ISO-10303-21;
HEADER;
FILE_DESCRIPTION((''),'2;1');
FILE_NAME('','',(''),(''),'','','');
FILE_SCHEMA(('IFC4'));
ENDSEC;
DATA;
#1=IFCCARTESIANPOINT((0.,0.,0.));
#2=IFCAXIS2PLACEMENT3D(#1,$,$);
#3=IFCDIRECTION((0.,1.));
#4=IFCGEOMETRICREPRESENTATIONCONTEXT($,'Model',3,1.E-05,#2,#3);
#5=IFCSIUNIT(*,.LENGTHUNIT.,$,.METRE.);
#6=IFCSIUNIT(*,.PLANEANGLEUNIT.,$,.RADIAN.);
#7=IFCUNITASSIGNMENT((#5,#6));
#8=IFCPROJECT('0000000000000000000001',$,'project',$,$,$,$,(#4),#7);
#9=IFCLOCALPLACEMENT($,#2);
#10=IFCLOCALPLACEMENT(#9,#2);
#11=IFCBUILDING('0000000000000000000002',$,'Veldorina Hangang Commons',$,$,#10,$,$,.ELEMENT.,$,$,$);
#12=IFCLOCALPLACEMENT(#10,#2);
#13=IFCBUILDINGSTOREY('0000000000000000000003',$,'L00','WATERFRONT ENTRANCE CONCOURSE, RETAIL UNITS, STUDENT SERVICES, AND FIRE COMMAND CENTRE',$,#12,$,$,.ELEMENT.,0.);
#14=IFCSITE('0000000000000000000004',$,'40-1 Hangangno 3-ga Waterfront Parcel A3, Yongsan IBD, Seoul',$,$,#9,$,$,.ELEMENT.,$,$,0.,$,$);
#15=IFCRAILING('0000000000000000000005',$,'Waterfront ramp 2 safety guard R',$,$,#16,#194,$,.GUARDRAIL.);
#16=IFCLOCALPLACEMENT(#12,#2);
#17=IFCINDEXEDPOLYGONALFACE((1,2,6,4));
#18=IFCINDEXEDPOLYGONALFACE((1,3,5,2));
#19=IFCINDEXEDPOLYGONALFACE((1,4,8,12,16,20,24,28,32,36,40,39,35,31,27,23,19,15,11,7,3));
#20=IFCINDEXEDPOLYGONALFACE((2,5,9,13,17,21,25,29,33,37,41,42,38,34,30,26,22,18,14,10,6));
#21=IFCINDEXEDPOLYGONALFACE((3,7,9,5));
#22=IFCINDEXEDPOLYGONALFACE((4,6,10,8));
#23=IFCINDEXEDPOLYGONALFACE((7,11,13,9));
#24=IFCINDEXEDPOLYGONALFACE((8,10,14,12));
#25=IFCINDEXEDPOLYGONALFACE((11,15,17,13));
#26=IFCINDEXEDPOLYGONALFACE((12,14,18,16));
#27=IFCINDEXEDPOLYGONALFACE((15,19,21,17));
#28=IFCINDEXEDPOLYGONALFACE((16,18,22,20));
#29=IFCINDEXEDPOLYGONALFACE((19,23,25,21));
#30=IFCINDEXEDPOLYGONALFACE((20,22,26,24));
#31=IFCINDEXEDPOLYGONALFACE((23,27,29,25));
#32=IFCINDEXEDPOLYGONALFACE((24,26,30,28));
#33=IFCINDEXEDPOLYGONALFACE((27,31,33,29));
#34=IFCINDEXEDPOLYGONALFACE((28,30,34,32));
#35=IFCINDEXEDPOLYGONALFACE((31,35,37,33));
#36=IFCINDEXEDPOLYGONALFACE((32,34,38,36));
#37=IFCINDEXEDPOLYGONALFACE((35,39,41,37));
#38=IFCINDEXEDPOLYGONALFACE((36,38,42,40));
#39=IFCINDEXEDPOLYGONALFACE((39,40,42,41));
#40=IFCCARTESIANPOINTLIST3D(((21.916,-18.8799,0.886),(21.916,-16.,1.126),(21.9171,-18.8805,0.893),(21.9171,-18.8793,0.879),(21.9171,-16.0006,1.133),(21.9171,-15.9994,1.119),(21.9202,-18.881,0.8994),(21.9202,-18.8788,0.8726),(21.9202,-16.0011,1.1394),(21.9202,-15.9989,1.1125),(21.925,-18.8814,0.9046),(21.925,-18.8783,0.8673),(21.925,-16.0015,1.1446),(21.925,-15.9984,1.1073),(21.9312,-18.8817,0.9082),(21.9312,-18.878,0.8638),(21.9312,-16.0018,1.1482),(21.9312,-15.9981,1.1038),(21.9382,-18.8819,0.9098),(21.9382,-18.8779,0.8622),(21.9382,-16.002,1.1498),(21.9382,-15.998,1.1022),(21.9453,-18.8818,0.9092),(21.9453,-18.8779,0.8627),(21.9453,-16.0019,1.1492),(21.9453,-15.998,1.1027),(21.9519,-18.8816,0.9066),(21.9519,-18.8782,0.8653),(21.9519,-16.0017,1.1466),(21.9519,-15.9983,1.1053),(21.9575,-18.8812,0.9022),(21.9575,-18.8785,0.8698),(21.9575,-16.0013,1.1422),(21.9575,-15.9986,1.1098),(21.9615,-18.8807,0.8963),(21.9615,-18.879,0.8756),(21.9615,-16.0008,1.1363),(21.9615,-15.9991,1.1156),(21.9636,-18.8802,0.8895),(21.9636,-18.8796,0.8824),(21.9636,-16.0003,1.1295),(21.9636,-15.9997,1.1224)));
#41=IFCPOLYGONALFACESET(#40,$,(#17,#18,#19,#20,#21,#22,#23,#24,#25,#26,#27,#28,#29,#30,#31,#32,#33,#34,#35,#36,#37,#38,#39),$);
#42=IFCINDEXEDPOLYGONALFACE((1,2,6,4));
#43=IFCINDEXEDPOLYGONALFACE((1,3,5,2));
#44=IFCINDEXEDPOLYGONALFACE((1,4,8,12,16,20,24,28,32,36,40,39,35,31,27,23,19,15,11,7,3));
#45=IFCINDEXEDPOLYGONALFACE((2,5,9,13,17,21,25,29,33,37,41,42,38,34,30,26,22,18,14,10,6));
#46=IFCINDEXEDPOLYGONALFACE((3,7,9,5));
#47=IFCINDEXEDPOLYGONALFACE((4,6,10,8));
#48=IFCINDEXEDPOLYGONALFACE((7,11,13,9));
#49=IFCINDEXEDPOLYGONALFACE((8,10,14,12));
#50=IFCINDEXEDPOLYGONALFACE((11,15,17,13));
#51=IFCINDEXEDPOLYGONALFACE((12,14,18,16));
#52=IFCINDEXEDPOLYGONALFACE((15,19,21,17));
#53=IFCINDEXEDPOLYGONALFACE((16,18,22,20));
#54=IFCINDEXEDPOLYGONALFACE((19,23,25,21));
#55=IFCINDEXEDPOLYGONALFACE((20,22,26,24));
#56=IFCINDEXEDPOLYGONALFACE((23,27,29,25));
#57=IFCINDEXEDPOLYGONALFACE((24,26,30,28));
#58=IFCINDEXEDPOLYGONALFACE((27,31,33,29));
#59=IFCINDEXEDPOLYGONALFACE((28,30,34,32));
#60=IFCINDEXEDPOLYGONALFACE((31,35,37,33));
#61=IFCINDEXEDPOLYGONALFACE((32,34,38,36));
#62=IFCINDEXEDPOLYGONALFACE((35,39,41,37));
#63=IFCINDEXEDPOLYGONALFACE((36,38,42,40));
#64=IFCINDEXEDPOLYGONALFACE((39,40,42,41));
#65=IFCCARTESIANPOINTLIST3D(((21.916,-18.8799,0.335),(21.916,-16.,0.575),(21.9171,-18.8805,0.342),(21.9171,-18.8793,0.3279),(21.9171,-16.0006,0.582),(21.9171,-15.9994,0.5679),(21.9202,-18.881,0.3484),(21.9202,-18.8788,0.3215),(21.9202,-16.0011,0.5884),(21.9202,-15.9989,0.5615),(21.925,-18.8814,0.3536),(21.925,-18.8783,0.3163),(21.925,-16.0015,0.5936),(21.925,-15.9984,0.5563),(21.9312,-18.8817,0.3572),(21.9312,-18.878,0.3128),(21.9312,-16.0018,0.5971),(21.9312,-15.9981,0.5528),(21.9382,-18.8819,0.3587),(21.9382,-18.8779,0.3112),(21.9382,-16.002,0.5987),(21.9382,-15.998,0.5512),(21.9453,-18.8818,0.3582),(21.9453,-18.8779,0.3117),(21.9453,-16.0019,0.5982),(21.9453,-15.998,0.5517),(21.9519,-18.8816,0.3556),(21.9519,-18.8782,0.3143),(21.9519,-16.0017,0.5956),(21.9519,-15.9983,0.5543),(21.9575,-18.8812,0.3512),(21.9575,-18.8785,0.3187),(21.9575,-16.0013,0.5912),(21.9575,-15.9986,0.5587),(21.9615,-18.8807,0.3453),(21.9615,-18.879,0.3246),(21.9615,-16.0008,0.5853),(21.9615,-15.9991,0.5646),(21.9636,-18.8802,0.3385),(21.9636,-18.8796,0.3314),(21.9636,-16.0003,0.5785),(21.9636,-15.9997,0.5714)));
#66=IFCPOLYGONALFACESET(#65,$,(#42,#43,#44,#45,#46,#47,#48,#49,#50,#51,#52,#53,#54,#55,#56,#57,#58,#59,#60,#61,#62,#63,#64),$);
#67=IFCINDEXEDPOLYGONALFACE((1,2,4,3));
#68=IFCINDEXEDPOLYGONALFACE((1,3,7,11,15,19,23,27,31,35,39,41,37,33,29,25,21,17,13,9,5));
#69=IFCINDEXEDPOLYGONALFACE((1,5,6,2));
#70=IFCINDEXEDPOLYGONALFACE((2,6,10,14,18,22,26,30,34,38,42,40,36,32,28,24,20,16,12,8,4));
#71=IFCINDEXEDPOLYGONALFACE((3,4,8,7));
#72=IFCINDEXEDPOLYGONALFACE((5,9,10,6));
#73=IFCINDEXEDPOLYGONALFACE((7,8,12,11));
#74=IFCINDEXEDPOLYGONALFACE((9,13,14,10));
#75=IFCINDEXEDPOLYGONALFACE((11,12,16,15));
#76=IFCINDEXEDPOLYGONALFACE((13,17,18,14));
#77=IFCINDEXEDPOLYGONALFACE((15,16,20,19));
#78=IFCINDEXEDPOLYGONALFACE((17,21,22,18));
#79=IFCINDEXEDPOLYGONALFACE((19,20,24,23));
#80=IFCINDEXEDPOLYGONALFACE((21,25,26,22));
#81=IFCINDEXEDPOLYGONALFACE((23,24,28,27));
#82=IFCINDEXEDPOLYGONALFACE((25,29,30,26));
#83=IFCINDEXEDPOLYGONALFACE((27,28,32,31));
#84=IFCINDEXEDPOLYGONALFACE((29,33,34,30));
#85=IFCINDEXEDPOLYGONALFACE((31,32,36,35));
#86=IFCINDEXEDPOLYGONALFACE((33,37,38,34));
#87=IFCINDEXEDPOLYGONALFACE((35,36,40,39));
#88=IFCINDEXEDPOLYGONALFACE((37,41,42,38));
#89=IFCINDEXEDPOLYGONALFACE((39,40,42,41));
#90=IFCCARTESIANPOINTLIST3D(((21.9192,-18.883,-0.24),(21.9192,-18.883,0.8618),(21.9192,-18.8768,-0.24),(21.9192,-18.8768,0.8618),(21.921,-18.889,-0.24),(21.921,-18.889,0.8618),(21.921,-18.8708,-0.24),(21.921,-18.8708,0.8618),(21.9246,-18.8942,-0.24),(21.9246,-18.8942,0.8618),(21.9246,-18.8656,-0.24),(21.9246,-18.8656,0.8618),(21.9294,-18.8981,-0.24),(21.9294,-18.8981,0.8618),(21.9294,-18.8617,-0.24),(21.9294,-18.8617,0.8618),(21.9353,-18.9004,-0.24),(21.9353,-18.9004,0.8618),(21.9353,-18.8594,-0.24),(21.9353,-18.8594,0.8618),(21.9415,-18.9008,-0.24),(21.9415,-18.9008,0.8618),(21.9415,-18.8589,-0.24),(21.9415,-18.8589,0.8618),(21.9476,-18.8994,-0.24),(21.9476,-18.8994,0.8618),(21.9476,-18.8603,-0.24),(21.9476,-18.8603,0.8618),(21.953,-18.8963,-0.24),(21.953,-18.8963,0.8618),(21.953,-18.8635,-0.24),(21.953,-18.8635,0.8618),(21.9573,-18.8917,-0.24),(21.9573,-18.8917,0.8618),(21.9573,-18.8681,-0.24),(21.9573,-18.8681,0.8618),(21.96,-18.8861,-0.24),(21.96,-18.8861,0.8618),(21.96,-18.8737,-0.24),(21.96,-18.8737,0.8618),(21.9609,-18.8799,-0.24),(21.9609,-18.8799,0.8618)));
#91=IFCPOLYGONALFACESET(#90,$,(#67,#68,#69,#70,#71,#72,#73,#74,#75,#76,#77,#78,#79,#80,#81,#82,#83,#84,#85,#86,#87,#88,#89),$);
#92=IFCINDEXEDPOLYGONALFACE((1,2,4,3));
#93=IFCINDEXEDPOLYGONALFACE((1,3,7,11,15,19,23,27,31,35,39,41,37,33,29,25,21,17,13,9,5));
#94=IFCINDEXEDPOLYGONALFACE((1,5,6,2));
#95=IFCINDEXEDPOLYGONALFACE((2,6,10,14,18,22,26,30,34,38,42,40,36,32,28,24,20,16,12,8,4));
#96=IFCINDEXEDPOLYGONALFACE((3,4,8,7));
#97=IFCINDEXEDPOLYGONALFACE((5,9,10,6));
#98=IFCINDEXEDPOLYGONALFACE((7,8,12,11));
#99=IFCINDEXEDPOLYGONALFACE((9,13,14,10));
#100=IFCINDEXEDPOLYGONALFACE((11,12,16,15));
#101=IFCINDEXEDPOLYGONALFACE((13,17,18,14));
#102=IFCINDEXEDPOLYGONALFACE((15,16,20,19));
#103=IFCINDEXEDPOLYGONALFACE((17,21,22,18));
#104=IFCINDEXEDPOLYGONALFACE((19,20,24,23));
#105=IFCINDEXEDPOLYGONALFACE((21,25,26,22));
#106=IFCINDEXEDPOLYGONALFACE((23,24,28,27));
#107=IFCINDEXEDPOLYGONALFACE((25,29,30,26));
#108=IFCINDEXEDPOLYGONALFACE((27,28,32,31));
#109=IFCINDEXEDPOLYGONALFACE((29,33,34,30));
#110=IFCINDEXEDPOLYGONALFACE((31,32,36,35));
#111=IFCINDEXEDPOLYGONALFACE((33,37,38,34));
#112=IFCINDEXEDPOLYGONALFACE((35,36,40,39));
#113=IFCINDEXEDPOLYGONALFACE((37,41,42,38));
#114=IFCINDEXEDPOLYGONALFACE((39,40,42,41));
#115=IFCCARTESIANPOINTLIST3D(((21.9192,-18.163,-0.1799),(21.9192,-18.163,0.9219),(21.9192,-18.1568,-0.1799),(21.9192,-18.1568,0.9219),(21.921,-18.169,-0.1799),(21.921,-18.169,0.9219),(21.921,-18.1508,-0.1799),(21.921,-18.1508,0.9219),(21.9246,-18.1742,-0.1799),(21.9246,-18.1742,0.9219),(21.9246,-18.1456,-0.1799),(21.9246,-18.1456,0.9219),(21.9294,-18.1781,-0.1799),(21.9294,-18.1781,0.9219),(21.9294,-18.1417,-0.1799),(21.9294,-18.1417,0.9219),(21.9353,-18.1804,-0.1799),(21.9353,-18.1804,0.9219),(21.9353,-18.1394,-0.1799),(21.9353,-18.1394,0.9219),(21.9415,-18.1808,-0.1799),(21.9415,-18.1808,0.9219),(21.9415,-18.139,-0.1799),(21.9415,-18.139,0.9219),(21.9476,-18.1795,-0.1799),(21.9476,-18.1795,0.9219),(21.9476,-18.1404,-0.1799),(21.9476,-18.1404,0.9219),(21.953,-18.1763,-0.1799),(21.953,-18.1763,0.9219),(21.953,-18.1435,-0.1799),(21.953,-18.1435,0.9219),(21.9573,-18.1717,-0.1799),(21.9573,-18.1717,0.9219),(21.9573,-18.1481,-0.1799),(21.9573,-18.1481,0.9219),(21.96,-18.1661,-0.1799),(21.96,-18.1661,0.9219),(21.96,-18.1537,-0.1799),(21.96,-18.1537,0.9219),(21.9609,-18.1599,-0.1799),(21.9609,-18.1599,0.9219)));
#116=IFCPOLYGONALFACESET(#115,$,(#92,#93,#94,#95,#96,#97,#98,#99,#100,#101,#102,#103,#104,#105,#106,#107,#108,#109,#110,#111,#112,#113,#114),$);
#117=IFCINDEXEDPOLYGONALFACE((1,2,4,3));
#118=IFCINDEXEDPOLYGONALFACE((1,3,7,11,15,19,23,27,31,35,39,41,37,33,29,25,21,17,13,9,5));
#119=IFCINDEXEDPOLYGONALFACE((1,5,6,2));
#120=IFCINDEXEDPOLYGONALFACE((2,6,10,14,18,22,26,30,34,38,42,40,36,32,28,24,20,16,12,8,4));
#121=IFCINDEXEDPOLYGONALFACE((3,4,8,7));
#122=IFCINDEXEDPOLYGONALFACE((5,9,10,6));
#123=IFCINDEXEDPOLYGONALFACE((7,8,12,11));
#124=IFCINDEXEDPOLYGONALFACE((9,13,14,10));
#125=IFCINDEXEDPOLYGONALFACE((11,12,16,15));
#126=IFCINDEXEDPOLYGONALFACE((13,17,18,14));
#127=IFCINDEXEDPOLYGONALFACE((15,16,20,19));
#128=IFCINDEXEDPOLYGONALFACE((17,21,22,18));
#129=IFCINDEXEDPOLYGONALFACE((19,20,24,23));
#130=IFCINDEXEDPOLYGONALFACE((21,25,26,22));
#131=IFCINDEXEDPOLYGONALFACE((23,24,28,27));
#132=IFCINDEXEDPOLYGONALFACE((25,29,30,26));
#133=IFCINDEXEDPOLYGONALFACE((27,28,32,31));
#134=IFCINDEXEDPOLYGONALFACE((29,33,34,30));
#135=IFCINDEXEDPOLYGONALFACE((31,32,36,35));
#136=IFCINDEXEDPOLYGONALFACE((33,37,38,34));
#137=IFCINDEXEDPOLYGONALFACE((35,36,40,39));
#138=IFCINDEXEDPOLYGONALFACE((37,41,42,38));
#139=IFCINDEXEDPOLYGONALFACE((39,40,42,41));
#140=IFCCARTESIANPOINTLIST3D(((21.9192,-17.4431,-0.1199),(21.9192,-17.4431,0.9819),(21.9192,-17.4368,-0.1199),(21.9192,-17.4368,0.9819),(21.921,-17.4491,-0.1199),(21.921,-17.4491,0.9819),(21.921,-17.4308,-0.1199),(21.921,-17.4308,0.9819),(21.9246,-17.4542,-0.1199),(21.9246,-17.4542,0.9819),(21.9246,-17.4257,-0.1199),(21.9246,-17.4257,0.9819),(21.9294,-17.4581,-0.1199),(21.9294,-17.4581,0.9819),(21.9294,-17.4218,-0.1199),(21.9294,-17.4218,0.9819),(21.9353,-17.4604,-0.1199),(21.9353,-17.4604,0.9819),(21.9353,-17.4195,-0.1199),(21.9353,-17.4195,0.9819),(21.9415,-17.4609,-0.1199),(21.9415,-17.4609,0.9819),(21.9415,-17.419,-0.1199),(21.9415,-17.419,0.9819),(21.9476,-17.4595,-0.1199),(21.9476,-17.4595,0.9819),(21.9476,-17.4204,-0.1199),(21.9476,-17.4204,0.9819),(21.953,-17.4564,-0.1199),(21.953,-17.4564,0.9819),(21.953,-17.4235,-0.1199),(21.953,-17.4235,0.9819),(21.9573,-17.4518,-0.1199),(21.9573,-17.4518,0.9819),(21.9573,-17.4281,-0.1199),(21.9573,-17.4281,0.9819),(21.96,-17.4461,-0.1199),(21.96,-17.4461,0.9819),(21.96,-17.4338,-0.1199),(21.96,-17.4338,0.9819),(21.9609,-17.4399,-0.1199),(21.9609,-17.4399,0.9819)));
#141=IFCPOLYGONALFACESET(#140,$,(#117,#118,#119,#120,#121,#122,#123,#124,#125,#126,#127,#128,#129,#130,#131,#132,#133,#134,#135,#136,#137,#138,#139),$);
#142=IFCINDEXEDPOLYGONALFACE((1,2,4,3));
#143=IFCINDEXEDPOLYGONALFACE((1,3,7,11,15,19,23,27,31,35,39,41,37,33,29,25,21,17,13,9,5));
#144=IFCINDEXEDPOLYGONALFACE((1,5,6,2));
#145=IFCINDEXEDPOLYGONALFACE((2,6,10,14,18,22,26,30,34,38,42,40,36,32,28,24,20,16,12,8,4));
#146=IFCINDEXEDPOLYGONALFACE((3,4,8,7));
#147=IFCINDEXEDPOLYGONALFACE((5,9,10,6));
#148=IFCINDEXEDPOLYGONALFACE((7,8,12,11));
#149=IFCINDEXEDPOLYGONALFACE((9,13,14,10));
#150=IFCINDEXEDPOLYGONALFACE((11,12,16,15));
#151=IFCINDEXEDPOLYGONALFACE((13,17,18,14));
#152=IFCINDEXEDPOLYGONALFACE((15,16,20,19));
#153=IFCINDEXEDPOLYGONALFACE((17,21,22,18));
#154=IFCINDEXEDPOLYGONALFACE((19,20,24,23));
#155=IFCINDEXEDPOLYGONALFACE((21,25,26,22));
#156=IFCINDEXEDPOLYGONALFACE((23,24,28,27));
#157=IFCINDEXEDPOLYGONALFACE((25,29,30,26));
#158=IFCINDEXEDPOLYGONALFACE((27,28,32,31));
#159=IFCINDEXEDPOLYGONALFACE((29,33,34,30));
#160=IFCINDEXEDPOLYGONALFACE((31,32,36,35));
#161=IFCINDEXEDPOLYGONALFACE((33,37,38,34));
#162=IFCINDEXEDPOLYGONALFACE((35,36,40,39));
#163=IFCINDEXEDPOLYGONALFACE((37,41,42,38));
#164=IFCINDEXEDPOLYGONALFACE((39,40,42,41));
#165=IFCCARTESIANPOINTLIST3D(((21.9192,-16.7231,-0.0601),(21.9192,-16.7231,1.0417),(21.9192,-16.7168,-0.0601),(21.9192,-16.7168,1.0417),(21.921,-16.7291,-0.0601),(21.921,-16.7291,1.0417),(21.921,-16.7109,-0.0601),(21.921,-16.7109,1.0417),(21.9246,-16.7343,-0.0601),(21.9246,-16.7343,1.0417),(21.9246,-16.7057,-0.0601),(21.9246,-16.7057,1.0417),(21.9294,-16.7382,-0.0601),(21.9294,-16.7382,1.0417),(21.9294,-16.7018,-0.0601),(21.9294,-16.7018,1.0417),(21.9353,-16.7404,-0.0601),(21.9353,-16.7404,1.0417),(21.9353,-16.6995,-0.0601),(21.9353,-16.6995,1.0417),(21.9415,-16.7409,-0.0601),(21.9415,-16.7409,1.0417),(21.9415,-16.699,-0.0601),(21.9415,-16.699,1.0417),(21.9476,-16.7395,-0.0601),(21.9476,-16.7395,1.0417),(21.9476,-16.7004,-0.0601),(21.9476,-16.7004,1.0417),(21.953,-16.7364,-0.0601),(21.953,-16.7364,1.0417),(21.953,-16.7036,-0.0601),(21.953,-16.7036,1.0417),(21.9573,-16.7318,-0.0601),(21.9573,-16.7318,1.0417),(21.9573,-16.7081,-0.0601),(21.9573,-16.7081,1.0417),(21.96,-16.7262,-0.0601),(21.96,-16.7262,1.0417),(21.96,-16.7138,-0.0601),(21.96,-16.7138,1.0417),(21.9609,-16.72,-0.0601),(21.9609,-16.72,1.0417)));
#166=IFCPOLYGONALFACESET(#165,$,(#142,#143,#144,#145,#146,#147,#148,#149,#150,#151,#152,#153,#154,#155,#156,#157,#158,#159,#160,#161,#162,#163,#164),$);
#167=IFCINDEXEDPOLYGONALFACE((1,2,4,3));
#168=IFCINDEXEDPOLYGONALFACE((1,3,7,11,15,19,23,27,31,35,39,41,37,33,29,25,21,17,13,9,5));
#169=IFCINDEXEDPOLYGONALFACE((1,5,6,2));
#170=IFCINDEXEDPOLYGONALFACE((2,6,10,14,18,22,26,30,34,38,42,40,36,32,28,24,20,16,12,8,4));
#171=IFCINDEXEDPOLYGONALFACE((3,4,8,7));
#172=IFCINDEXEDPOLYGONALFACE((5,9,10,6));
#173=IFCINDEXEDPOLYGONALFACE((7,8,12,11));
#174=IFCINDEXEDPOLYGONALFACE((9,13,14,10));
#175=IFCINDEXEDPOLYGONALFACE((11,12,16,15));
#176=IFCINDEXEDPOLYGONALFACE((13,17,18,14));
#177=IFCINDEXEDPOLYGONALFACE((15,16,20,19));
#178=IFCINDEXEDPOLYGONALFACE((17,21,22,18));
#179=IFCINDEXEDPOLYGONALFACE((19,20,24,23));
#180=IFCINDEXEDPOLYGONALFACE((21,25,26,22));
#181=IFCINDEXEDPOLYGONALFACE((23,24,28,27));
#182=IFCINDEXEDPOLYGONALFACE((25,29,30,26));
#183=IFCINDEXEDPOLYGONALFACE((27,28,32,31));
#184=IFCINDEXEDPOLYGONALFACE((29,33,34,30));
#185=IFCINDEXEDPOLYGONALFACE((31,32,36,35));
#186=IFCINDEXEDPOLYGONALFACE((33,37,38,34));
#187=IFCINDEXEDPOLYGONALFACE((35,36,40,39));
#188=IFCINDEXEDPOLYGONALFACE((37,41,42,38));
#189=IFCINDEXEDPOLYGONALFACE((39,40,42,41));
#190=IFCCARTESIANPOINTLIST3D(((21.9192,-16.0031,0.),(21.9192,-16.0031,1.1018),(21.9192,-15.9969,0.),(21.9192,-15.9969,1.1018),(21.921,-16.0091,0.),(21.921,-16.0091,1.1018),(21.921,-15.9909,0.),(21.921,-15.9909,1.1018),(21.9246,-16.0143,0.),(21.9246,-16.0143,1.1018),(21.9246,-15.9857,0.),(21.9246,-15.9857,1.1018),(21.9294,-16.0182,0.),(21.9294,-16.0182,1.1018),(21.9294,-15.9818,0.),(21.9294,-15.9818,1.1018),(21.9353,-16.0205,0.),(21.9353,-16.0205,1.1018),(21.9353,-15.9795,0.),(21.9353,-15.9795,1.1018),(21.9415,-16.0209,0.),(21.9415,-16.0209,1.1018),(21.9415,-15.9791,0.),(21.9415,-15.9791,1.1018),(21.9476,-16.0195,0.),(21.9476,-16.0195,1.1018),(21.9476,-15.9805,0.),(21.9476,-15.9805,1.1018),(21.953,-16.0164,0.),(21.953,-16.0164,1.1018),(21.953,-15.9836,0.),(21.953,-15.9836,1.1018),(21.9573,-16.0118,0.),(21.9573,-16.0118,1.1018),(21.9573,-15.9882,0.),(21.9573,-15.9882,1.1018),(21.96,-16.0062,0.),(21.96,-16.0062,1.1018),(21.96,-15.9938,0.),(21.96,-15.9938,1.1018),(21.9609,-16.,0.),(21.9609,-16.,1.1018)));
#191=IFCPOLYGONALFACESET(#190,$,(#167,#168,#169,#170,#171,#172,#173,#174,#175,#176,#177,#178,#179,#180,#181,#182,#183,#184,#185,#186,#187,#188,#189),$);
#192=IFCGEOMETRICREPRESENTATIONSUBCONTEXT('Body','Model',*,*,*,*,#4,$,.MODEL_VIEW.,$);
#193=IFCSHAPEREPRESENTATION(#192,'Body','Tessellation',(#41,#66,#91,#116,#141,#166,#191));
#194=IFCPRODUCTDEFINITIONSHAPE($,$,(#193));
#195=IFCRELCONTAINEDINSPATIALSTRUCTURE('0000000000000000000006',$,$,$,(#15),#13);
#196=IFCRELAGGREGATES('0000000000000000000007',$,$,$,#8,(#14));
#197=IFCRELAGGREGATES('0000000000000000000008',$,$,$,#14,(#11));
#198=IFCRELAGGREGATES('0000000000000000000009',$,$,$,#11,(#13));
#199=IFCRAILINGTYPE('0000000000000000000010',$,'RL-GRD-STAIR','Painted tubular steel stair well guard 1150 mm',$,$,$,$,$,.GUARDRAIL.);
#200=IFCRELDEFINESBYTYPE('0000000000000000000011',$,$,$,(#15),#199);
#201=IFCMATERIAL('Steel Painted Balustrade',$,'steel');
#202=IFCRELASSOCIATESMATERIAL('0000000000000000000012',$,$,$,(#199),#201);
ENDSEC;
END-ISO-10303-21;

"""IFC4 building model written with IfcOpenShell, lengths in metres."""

from ifc_helpers import new_model, si_unit, direction, frame, origin, origin_2d, place, context, subcontext, project, spatial, circle, extrude, material, type_object, element, save


model = new_model("IFC4")

# Units and contexts
model_context = context("Model", 3, precision=1e-05, world=origin(), true_north=direction((0.0, 1.0)))
body_context = subcontext(model_context, "Body", "Model", "MODEL_VIEW")
ifc_project = project(units=[si_unit("LENGTHUNIT", "METRE"), si_unit("PLANEANGLEUNIT", "RADIAN")], contexts=[model_context])

# Site, building, storey
site_placement = place(None, origin())
site = spatial("IfcSite", under=ifc_project, at=site_placement, Name="40-1 Hangangno 3-ga Waterfront Parcel A3, Yongsan IBD, Seoul", CompositionType="ELEMENT", RefElevation=0.0)
building_placement = place(site_placement, origin())
building = spatial("IfcBuilding", under=site, at=building_placement, Name="Veldorina Hangang Commons", CompositionType="ELEMENT")
storey_placement = place(building_placement, origin())
storey = spatial("IfcBuildingStorey", under=building, at=storey_placement, Name="L00", Description="WATERFRONT ENTRANCE CONCOURSE, RETAIL UNITS, STUDENT SERVICES, AND FIRE COMMAND CENTRE", CompositionType="ELEMENT", Elevation=0.0)

# Railing
ifc_material_1 = material(Name="Steel Painted Balustrade", Category="steel")
railing_type_1 = type_object("IfcRailingType", Name="RL-GRD-STAIR", Description="Painted tubular steel stair well guard 1150 mm", PredefinedType="GUARDRAIL", material=ifc_material_1)
for number, where, name in (
    (1, (21.9399, -18.8799, -0.24), "Waterfront ramp 2 safety guard R"),
):
    element("IfcRailing", number, at=place(storey_placement, frame(where)), inside=storey, type_object=railing_type_1, Name=name, PredefinedType="GUARDRAIL", context=body_context, shape_type="SweptSolid", body=[
        extrude(circle(Radius=0.0239, at=origin_2d()), frame((0.0, 0.0, 1.126), z_axis=(0.0, 0.996546, 0.083045), x_axis=(-1.0, 0.0, 0.0)), (0.0, 0.0, 1.0), 2.8899),
        extrude(circle(Radius=0.0239, at=origin_2d()), frame((0.0, 0.0, 0.575), z_axis=(0.0, 0.996546, 0.083045), x_axis=(-1.0, 0.0, 0.0)), (0.0, 0.0, 1.0), 2.8899),
        extrude(circle(Radius=0.021, at=origin_2d()), origin(), (0.0, 0.0, 1.0), 1.1018),
        extrude(circle(Radius=0.021, at=origin_2d()), frame((0.0, 0.72, 0.0601)), (0.0, 0.0, 1.0), 1.1018),
        extrude(circle(Radius=0.021, at=origin_2d()), frame((0.0, 1.4399, 0.1201)), (0.0, 0.0, 1.0), 1.1018),
        extrude(circle(Radius=0.021, at=origin_2d()), frame((0.0, 2.1599, 0.1799)), (0.0, 0.0, 1.0), 1.1018),
        extrude(circle(Radius=0.021, at=origin_2d()), frame((0.0, 2.8799, 0.24)), (0.0, 0.0, 1.0), 1.1018),
    ])

save(model, "model.ifc")
